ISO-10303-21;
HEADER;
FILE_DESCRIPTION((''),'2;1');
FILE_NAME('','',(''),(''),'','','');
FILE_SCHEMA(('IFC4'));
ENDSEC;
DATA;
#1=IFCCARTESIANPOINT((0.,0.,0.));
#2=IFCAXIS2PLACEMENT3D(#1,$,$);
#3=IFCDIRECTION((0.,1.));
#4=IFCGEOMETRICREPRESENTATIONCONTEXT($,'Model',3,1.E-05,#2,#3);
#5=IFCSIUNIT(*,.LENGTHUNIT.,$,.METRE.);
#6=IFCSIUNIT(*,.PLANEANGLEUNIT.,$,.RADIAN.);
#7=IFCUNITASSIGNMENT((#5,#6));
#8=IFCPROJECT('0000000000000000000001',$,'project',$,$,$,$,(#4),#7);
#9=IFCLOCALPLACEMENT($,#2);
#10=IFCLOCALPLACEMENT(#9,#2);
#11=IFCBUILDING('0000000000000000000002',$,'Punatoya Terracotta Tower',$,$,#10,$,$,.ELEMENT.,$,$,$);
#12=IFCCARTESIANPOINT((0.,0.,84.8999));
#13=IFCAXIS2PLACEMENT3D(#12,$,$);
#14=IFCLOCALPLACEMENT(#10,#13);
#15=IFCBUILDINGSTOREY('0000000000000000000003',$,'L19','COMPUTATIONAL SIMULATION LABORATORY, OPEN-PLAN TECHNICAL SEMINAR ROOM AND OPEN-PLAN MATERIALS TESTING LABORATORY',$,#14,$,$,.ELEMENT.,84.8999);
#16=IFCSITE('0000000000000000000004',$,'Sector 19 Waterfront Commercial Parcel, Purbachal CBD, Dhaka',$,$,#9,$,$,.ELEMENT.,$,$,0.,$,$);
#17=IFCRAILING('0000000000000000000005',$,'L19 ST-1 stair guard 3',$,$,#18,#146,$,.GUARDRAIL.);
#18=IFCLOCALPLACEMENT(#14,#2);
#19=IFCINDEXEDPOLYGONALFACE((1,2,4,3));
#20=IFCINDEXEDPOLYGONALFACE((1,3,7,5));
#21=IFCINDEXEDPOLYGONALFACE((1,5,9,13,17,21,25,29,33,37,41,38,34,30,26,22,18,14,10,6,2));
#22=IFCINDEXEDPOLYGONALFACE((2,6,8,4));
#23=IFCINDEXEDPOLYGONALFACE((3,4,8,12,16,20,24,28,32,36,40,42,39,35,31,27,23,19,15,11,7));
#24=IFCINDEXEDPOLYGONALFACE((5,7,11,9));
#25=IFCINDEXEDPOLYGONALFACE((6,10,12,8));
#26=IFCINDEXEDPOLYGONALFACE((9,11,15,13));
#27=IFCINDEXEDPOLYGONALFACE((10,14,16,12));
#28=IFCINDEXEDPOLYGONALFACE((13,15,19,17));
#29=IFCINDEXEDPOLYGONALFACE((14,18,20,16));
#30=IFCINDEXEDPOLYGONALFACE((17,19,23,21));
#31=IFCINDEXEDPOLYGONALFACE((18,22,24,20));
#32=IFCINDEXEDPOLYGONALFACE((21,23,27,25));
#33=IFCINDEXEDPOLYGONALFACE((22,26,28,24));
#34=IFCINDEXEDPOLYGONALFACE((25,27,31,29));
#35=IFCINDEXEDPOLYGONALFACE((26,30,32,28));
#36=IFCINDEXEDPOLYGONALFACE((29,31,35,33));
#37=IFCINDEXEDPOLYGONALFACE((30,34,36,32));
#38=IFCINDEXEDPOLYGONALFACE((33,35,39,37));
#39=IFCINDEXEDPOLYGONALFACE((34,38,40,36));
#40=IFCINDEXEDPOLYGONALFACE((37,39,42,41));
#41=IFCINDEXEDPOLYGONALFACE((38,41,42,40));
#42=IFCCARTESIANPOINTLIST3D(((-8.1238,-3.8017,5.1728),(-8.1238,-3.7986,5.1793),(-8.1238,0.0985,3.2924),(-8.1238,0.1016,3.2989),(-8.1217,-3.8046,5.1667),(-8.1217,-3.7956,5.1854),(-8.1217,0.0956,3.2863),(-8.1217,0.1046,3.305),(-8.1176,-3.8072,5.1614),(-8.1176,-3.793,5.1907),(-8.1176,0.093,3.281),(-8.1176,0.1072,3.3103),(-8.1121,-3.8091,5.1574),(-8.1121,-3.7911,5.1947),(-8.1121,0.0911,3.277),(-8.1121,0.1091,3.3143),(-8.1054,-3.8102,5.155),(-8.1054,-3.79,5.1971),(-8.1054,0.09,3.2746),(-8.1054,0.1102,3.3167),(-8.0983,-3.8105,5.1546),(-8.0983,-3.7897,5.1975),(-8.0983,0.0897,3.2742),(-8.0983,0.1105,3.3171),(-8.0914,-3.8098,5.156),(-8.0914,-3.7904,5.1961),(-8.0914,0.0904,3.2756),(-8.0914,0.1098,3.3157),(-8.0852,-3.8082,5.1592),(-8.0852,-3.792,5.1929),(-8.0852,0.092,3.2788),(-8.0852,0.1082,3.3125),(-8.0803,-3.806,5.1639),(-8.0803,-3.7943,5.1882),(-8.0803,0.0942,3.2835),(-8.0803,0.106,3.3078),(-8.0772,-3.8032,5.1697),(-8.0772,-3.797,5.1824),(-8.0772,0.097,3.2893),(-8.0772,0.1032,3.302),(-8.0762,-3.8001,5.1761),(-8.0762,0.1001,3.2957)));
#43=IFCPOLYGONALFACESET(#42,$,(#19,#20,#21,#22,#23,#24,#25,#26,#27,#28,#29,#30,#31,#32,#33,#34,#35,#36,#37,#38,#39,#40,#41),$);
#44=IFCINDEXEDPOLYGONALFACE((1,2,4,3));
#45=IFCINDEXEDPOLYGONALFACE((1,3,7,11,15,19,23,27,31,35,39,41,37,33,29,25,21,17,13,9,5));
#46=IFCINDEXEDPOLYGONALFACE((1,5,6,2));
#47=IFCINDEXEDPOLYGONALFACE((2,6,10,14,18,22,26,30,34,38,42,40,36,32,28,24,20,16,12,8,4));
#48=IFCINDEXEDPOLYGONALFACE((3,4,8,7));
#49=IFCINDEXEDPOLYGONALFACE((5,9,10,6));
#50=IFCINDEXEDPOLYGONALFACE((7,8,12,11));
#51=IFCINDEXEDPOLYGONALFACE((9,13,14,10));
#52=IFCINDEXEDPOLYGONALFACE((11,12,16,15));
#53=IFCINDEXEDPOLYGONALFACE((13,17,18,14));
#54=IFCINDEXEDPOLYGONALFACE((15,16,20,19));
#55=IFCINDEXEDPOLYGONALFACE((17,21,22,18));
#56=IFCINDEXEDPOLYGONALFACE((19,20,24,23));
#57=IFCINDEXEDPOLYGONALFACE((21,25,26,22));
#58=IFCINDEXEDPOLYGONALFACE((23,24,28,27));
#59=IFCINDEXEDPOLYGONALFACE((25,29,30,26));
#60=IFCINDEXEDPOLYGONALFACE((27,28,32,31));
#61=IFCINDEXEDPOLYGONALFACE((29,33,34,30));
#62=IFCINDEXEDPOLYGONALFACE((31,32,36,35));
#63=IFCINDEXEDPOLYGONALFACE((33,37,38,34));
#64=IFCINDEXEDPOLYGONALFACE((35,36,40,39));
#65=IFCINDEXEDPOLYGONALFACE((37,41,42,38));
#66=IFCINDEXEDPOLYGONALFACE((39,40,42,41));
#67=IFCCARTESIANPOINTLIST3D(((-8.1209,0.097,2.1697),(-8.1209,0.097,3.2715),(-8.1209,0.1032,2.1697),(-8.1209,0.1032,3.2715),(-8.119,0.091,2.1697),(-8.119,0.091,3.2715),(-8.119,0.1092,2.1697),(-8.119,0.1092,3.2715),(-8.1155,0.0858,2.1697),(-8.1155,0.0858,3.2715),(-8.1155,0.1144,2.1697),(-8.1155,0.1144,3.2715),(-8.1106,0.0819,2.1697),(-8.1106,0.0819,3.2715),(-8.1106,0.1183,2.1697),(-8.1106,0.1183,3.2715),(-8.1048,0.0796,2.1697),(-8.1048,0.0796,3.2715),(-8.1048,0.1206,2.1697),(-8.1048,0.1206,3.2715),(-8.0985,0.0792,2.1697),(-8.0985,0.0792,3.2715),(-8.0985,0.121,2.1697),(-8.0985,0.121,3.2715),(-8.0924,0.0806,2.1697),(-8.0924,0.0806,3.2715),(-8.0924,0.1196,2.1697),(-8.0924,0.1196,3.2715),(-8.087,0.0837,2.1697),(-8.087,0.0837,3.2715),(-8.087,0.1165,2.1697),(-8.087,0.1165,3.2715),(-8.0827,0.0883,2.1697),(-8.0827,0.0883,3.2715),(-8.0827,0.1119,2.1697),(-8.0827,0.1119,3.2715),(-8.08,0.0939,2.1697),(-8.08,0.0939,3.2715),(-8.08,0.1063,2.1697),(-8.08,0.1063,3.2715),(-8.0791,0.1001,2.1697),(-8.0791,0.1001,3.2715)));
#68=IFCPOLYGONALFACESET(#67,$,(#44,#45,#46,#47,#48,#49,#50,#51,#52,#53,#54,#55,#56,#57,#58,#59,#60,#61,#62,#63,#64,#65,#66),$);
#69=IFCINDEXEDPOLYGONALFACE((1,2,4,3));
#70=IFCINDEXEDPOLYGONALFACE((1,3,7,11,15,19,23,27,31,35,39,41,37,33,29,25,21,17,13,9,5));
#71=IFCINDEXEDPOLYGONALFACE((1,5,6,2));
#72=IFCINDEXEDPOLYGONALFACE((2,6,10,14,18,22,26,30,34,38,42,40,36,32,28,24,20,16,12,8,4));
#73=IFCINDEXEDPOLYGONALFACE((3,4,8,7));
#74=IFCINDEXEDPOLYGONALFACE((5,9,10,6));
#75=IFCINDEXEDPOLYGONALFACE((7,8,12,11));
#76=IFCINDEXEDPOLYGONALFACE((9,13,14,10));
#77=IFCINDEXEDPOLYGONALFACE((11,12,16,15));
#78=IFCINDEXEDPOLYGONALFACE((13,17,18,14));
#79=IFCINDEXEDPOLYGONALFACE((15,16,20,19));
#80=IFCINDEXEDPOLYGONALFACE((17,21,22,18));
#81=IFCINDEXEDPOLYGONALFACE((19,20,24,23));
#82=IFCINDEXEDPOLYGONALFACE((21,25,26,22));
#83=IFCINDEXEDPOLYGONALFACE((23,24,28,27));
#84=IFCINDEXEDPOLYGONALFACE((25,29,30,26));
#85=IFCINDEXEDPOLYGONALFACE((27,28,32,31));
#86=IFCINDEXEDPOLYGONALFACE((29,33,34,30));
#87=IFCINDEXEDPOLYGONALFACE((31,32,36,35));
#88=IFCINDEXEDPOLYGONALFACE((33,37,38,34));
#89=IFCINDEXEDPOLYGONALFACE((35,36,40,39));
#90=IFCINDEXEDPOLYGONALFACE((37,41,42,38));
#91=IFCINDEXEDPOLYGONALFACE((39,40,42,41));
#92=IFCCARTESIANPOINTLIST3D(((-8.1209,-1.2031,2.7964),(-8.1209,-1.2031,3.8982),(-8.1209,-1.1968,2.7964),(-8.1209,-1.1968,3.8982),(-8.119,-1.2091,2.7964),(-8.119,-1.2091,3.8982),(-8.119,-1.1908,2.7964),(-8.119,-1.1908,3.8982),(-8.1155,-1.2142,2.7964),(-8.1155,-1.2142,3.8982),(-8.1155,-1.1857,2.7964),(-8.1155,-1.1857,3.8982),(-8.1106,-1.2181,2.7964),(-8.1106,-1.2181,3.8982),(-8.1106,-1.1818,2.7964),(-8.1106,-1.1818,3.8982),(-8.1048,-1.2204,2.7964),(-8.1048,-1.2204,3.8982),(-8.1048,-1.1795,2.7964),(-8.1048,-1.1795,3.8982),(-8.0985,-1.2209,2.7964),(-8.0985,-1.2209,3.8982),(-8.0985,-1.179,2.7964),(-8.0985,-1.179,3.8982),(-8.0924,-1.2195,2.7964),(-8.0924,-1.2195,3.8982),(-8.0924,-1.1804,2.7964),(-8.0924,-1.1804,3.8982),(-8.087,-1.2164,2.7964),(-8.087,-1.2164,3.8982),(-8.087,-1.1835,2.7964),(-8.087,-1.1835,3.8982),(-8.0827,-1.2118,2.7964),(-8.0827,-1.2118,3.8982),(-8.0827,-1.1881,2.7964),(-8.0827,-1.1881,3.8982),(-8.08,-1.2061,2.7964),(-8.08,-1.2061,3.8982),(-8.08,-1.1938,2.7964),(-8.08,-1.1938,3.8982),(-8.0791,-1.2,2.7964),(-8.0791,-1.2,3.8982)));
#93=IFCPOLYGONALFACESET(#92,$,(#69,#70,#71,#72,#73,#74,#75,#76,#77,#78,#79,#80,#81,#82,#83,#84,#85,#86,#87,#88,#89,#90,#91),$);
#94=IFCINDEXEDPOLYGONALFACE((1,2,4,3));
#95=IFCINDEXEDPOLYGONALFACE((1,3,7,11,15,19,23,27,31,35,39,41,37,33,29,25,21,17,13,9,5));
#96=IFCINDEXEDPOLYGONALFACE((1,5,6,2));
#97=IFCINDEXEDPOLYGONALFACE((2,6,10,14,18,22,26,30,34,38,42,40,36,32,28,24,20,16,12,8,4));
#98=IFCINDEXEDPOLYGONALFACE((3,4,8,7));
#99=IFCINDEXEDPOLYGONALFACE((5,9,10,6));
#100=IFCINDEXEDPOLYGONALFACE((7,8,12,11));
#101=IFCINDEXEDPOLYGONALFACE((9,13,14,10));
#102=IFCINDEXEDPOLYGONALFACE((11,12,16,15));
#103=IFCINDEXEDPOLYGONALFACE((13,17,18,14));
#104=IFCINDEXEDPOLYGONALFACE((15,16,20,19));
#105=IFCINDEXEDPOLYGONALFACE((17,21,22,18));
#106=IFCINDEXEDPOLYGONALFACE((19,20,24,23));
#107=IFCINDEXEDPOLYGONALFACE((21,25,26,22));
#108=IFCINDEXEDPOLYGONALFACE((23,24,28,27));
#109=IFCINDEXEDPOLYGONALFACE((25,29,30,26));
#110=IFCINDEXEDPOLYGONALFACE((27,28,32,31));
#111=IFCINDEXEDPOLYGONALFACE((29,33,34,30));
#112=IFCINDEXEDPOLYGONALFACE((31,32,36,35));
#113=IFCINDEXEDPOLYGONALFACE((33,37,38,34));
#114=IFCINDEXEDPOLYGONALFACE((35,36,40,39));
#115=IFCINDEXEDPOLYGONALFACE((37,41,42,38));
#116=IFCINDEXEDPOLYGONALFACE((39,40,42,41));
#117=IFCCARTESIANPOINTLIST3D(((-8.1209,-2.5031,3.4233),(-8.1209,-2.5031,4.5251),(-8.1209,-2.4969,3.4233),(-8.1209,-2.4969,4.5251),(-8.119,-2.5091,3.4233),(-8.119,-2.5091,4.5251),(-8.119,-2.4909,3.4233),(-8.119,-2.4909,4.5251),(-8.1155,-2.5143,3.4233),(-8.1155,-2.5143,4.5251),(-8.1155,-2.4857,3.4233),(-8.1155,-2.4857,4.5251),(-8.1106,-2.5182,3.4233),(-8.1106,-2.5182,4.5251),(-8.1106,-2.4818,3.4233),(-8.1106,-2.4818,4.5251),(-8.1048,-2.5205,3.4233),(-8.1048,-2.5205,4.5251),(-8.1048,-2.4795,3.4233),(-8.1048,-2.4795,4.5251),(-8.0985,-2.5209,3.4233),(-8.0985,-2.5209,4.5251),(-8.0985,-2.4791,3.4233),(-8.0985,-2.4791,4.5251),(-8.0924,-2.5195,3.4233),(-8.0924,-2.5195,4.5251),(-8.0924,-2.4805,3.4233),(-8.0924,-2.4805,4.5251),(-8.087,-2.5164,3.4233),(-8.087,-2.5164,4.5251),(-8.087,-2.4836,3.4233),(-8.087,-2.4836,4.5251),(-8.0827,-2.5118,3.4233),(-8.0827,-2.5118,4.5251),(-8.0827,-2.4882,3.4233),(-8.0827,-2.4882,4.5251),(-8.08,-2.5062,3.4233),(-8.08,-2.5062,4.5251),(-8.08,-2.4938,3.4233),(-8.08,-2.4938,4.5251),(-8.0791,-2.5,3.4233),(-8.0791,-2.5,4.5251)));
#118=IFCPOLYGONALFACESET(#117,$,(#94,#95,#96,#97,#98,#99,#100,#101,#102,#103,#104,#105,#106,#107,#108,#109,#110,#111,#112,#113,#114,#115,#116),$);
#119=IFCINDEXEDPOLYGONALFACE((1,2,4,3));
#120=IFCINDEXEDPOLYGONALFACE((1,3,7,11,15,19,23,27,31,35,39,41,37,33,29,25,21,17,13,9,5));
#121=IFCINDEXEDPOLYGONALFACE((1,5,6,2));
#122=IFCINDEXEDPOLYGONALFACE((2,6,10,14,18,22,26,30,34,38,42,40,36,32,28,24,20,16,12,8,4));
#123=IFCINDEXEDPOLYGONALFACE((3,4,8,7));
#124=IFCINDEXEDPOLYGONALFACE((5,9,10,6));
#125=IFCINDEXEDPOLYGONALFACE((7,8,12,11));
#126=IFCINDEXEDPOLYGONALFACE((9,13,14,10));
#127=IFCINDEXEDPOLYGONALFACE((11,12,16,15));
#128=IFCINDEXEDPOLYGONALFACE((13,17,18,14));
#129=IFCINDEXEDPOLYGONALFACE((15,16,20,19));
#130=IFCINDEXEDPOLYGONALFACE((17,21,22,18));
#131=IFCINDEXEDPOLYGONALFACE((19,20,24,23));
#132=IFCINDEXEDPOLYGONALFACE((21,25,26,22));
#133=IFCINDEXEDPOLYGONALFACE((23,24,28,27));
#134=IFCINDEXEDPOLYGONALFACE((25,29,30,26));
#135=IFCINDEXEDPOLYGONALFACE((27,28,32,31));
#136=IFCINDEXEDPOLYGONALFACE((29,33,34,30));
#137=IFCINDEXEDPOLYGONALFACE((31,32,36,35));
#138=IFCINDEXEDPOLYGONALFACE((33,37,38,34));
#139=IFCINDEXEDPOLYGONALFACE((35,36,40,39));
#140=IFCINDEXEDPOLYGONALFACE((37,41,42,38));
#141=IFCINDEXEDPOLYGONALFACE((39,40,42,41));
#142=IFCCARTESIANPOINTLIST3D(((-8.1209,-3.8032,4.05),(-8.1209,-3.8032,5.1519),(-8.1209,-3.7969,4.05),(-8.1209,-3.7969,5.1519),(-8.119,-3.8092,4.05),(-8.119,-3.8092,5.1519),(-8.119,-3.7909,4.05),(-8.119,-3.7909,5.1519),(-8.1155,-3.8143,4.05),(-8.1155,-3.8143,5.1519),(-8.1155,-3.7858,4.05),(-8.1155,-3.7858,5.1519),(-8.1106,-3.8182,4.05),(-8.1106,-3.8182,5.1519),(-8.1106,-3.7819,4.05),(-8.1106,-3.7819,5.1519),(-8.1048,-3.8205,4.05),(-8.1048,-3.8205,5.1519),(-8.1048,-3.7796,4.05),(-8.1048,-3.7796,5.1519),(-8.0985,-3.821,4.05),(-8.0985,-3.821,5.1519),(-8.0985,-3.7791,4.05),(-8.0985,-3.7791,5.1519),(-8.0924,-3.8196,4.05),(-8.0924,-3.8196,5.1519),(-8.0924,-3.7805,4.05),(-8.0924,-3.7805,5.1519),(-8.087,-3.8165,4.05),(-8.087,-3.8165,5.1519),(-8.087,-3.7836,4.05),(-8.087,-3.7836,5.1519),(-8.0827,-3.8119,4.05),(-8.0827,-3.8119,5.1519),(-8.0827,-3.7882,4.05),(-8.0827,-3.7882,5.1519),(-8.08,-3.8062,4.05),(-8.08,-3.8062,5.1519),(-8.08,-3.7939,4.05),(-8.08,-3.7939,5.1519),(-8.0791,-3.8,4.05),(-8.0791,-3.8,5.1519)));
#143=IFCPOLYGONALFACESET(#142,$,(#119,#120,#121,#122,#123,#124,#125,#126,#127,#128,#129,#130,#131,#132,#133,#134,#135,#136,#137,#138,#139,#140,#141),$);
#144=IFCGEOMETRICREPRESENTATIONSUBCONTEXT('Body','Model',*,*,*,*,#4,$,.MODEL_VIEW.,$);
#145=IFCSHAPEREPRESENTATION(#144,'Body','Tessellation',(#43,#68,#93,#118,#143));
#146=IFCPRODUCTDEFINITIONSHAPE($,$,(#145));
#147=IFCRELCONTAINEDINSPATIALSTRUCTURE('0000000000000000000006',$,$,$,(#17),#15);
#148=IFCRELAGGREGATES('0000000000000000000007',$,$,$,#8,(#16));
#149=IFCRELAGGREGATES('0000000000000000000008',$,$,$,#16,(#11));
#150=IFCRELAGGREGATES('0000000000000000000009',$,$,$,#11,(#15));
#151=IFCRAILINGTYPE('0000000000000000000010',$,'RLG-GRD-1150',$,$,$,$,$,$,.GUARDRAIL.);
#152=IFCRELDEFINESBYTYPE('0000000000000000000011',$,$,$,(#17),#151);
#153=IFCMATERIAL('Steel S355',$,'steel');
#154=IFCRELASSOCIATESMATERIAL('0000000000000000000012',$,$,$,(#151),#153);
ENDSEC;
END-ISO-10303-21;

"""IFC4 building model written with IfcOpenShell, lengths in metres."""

from ifc_helpers import new_model, si_unit, direction, frame, origin, origin_2d, place, context, subcontext, project, spatial, circle, extrude, material, type_object, element, save


model = new_model("IFC4")

# Units and contexts
model_context = context("Model", 3, precision=1e-05, world=origin(), true_north=direction((0.0, 1.0)))
body_context = subcontext(model_context, "Body", "Model", "MODEL_VIEW")
ifc_project = project(units=[si_unit("LENGTHUNIT", "METRE"), si_unit("PLANEANGLEUNIT", "RADIAN")], contexts=[model_context])

# Site, building, storey
site_placement = place(None, origin())
site = spatial("IfcSite", under=ifc_project, at=site_placement, Name="Sector 19 Waterfront Commercial Parcel, Purbachal CBD, Dhaka", CompositionType="ELEMENT", RefElevation=0.0)
building_placement = place(site_placement, origin())
building = spatial("IfcBuilding", under=site, at=building_placement, Name="Punatoya Terracotta Tower", CompositionType="ELEMENT")
storey_placement = place(building_placement, frame((0.0, 0.0, 84.8999)))
storey = spatial("IfcBuildingStorey", under=building, at=storey_placement, Name="L19", Description="COMPUTATIONAL SIMULATION LABORATORY, OPEN-PLAN TECHNICAL SEMINAR ROOM AND OPEN-PLAN MATERIALS TESTING LABORATORY", CompositionType="ELEMENT", Elevation=84.8999)

# Shared definitions
ifc_material_1 = material(Name="Steel S355", Category="steel")

# Railing
railing_type_1 = type_object("IfcRailingType", Name="RLG-GRD-1150", PredefinedType="GUARDRAIL", material=ifc_material_1)
railing_1_placement = place(storey_placement, frame((-8.1001, 0.1001, 2.1697)))
element("IfcRailing", 1, at=railing_1_placement, inside=storey, type_object=railing_type_1, Name="L19 ST-1 stair guard 3", PredefinedType="GUARDRAIL", context=body_context, shape_type="SweptSolid", body=[
    extrude(circle(Radius=0.0239, at=origin_2d()), frame((0.0, 0.0, 1.126), z_axis=(0.0, -0.900774, 0.434289), x_axis=(1.0, 0.0, 0.0)), (0.0, 0.0, 1.0), 4.3298),
    extrude(circle(Radius=0.021, at=origin_2d()), origin(), (0.0, 0.0, 1.0), 1.1018),
    extrude(circle(Radius=0.021, at=origin_2d()), frame((0.0, -1.3, 0.6267)), (0.0, 0.0, 1.0), 1.1018),
    extrude(circle(Radius=0.021, at=origin_2d()), frame((0.0, -2.6001, 1.2537)), (0.0, 0.0, 1.0), 1.1018),
    extrude(circle(Radius=0.021, at=origin_2d()), frame((0.0, -3.9001, 1.8804)), (0.0, 0.0, 1.0), 1.1018),
])

save(model, "model.ifc")
